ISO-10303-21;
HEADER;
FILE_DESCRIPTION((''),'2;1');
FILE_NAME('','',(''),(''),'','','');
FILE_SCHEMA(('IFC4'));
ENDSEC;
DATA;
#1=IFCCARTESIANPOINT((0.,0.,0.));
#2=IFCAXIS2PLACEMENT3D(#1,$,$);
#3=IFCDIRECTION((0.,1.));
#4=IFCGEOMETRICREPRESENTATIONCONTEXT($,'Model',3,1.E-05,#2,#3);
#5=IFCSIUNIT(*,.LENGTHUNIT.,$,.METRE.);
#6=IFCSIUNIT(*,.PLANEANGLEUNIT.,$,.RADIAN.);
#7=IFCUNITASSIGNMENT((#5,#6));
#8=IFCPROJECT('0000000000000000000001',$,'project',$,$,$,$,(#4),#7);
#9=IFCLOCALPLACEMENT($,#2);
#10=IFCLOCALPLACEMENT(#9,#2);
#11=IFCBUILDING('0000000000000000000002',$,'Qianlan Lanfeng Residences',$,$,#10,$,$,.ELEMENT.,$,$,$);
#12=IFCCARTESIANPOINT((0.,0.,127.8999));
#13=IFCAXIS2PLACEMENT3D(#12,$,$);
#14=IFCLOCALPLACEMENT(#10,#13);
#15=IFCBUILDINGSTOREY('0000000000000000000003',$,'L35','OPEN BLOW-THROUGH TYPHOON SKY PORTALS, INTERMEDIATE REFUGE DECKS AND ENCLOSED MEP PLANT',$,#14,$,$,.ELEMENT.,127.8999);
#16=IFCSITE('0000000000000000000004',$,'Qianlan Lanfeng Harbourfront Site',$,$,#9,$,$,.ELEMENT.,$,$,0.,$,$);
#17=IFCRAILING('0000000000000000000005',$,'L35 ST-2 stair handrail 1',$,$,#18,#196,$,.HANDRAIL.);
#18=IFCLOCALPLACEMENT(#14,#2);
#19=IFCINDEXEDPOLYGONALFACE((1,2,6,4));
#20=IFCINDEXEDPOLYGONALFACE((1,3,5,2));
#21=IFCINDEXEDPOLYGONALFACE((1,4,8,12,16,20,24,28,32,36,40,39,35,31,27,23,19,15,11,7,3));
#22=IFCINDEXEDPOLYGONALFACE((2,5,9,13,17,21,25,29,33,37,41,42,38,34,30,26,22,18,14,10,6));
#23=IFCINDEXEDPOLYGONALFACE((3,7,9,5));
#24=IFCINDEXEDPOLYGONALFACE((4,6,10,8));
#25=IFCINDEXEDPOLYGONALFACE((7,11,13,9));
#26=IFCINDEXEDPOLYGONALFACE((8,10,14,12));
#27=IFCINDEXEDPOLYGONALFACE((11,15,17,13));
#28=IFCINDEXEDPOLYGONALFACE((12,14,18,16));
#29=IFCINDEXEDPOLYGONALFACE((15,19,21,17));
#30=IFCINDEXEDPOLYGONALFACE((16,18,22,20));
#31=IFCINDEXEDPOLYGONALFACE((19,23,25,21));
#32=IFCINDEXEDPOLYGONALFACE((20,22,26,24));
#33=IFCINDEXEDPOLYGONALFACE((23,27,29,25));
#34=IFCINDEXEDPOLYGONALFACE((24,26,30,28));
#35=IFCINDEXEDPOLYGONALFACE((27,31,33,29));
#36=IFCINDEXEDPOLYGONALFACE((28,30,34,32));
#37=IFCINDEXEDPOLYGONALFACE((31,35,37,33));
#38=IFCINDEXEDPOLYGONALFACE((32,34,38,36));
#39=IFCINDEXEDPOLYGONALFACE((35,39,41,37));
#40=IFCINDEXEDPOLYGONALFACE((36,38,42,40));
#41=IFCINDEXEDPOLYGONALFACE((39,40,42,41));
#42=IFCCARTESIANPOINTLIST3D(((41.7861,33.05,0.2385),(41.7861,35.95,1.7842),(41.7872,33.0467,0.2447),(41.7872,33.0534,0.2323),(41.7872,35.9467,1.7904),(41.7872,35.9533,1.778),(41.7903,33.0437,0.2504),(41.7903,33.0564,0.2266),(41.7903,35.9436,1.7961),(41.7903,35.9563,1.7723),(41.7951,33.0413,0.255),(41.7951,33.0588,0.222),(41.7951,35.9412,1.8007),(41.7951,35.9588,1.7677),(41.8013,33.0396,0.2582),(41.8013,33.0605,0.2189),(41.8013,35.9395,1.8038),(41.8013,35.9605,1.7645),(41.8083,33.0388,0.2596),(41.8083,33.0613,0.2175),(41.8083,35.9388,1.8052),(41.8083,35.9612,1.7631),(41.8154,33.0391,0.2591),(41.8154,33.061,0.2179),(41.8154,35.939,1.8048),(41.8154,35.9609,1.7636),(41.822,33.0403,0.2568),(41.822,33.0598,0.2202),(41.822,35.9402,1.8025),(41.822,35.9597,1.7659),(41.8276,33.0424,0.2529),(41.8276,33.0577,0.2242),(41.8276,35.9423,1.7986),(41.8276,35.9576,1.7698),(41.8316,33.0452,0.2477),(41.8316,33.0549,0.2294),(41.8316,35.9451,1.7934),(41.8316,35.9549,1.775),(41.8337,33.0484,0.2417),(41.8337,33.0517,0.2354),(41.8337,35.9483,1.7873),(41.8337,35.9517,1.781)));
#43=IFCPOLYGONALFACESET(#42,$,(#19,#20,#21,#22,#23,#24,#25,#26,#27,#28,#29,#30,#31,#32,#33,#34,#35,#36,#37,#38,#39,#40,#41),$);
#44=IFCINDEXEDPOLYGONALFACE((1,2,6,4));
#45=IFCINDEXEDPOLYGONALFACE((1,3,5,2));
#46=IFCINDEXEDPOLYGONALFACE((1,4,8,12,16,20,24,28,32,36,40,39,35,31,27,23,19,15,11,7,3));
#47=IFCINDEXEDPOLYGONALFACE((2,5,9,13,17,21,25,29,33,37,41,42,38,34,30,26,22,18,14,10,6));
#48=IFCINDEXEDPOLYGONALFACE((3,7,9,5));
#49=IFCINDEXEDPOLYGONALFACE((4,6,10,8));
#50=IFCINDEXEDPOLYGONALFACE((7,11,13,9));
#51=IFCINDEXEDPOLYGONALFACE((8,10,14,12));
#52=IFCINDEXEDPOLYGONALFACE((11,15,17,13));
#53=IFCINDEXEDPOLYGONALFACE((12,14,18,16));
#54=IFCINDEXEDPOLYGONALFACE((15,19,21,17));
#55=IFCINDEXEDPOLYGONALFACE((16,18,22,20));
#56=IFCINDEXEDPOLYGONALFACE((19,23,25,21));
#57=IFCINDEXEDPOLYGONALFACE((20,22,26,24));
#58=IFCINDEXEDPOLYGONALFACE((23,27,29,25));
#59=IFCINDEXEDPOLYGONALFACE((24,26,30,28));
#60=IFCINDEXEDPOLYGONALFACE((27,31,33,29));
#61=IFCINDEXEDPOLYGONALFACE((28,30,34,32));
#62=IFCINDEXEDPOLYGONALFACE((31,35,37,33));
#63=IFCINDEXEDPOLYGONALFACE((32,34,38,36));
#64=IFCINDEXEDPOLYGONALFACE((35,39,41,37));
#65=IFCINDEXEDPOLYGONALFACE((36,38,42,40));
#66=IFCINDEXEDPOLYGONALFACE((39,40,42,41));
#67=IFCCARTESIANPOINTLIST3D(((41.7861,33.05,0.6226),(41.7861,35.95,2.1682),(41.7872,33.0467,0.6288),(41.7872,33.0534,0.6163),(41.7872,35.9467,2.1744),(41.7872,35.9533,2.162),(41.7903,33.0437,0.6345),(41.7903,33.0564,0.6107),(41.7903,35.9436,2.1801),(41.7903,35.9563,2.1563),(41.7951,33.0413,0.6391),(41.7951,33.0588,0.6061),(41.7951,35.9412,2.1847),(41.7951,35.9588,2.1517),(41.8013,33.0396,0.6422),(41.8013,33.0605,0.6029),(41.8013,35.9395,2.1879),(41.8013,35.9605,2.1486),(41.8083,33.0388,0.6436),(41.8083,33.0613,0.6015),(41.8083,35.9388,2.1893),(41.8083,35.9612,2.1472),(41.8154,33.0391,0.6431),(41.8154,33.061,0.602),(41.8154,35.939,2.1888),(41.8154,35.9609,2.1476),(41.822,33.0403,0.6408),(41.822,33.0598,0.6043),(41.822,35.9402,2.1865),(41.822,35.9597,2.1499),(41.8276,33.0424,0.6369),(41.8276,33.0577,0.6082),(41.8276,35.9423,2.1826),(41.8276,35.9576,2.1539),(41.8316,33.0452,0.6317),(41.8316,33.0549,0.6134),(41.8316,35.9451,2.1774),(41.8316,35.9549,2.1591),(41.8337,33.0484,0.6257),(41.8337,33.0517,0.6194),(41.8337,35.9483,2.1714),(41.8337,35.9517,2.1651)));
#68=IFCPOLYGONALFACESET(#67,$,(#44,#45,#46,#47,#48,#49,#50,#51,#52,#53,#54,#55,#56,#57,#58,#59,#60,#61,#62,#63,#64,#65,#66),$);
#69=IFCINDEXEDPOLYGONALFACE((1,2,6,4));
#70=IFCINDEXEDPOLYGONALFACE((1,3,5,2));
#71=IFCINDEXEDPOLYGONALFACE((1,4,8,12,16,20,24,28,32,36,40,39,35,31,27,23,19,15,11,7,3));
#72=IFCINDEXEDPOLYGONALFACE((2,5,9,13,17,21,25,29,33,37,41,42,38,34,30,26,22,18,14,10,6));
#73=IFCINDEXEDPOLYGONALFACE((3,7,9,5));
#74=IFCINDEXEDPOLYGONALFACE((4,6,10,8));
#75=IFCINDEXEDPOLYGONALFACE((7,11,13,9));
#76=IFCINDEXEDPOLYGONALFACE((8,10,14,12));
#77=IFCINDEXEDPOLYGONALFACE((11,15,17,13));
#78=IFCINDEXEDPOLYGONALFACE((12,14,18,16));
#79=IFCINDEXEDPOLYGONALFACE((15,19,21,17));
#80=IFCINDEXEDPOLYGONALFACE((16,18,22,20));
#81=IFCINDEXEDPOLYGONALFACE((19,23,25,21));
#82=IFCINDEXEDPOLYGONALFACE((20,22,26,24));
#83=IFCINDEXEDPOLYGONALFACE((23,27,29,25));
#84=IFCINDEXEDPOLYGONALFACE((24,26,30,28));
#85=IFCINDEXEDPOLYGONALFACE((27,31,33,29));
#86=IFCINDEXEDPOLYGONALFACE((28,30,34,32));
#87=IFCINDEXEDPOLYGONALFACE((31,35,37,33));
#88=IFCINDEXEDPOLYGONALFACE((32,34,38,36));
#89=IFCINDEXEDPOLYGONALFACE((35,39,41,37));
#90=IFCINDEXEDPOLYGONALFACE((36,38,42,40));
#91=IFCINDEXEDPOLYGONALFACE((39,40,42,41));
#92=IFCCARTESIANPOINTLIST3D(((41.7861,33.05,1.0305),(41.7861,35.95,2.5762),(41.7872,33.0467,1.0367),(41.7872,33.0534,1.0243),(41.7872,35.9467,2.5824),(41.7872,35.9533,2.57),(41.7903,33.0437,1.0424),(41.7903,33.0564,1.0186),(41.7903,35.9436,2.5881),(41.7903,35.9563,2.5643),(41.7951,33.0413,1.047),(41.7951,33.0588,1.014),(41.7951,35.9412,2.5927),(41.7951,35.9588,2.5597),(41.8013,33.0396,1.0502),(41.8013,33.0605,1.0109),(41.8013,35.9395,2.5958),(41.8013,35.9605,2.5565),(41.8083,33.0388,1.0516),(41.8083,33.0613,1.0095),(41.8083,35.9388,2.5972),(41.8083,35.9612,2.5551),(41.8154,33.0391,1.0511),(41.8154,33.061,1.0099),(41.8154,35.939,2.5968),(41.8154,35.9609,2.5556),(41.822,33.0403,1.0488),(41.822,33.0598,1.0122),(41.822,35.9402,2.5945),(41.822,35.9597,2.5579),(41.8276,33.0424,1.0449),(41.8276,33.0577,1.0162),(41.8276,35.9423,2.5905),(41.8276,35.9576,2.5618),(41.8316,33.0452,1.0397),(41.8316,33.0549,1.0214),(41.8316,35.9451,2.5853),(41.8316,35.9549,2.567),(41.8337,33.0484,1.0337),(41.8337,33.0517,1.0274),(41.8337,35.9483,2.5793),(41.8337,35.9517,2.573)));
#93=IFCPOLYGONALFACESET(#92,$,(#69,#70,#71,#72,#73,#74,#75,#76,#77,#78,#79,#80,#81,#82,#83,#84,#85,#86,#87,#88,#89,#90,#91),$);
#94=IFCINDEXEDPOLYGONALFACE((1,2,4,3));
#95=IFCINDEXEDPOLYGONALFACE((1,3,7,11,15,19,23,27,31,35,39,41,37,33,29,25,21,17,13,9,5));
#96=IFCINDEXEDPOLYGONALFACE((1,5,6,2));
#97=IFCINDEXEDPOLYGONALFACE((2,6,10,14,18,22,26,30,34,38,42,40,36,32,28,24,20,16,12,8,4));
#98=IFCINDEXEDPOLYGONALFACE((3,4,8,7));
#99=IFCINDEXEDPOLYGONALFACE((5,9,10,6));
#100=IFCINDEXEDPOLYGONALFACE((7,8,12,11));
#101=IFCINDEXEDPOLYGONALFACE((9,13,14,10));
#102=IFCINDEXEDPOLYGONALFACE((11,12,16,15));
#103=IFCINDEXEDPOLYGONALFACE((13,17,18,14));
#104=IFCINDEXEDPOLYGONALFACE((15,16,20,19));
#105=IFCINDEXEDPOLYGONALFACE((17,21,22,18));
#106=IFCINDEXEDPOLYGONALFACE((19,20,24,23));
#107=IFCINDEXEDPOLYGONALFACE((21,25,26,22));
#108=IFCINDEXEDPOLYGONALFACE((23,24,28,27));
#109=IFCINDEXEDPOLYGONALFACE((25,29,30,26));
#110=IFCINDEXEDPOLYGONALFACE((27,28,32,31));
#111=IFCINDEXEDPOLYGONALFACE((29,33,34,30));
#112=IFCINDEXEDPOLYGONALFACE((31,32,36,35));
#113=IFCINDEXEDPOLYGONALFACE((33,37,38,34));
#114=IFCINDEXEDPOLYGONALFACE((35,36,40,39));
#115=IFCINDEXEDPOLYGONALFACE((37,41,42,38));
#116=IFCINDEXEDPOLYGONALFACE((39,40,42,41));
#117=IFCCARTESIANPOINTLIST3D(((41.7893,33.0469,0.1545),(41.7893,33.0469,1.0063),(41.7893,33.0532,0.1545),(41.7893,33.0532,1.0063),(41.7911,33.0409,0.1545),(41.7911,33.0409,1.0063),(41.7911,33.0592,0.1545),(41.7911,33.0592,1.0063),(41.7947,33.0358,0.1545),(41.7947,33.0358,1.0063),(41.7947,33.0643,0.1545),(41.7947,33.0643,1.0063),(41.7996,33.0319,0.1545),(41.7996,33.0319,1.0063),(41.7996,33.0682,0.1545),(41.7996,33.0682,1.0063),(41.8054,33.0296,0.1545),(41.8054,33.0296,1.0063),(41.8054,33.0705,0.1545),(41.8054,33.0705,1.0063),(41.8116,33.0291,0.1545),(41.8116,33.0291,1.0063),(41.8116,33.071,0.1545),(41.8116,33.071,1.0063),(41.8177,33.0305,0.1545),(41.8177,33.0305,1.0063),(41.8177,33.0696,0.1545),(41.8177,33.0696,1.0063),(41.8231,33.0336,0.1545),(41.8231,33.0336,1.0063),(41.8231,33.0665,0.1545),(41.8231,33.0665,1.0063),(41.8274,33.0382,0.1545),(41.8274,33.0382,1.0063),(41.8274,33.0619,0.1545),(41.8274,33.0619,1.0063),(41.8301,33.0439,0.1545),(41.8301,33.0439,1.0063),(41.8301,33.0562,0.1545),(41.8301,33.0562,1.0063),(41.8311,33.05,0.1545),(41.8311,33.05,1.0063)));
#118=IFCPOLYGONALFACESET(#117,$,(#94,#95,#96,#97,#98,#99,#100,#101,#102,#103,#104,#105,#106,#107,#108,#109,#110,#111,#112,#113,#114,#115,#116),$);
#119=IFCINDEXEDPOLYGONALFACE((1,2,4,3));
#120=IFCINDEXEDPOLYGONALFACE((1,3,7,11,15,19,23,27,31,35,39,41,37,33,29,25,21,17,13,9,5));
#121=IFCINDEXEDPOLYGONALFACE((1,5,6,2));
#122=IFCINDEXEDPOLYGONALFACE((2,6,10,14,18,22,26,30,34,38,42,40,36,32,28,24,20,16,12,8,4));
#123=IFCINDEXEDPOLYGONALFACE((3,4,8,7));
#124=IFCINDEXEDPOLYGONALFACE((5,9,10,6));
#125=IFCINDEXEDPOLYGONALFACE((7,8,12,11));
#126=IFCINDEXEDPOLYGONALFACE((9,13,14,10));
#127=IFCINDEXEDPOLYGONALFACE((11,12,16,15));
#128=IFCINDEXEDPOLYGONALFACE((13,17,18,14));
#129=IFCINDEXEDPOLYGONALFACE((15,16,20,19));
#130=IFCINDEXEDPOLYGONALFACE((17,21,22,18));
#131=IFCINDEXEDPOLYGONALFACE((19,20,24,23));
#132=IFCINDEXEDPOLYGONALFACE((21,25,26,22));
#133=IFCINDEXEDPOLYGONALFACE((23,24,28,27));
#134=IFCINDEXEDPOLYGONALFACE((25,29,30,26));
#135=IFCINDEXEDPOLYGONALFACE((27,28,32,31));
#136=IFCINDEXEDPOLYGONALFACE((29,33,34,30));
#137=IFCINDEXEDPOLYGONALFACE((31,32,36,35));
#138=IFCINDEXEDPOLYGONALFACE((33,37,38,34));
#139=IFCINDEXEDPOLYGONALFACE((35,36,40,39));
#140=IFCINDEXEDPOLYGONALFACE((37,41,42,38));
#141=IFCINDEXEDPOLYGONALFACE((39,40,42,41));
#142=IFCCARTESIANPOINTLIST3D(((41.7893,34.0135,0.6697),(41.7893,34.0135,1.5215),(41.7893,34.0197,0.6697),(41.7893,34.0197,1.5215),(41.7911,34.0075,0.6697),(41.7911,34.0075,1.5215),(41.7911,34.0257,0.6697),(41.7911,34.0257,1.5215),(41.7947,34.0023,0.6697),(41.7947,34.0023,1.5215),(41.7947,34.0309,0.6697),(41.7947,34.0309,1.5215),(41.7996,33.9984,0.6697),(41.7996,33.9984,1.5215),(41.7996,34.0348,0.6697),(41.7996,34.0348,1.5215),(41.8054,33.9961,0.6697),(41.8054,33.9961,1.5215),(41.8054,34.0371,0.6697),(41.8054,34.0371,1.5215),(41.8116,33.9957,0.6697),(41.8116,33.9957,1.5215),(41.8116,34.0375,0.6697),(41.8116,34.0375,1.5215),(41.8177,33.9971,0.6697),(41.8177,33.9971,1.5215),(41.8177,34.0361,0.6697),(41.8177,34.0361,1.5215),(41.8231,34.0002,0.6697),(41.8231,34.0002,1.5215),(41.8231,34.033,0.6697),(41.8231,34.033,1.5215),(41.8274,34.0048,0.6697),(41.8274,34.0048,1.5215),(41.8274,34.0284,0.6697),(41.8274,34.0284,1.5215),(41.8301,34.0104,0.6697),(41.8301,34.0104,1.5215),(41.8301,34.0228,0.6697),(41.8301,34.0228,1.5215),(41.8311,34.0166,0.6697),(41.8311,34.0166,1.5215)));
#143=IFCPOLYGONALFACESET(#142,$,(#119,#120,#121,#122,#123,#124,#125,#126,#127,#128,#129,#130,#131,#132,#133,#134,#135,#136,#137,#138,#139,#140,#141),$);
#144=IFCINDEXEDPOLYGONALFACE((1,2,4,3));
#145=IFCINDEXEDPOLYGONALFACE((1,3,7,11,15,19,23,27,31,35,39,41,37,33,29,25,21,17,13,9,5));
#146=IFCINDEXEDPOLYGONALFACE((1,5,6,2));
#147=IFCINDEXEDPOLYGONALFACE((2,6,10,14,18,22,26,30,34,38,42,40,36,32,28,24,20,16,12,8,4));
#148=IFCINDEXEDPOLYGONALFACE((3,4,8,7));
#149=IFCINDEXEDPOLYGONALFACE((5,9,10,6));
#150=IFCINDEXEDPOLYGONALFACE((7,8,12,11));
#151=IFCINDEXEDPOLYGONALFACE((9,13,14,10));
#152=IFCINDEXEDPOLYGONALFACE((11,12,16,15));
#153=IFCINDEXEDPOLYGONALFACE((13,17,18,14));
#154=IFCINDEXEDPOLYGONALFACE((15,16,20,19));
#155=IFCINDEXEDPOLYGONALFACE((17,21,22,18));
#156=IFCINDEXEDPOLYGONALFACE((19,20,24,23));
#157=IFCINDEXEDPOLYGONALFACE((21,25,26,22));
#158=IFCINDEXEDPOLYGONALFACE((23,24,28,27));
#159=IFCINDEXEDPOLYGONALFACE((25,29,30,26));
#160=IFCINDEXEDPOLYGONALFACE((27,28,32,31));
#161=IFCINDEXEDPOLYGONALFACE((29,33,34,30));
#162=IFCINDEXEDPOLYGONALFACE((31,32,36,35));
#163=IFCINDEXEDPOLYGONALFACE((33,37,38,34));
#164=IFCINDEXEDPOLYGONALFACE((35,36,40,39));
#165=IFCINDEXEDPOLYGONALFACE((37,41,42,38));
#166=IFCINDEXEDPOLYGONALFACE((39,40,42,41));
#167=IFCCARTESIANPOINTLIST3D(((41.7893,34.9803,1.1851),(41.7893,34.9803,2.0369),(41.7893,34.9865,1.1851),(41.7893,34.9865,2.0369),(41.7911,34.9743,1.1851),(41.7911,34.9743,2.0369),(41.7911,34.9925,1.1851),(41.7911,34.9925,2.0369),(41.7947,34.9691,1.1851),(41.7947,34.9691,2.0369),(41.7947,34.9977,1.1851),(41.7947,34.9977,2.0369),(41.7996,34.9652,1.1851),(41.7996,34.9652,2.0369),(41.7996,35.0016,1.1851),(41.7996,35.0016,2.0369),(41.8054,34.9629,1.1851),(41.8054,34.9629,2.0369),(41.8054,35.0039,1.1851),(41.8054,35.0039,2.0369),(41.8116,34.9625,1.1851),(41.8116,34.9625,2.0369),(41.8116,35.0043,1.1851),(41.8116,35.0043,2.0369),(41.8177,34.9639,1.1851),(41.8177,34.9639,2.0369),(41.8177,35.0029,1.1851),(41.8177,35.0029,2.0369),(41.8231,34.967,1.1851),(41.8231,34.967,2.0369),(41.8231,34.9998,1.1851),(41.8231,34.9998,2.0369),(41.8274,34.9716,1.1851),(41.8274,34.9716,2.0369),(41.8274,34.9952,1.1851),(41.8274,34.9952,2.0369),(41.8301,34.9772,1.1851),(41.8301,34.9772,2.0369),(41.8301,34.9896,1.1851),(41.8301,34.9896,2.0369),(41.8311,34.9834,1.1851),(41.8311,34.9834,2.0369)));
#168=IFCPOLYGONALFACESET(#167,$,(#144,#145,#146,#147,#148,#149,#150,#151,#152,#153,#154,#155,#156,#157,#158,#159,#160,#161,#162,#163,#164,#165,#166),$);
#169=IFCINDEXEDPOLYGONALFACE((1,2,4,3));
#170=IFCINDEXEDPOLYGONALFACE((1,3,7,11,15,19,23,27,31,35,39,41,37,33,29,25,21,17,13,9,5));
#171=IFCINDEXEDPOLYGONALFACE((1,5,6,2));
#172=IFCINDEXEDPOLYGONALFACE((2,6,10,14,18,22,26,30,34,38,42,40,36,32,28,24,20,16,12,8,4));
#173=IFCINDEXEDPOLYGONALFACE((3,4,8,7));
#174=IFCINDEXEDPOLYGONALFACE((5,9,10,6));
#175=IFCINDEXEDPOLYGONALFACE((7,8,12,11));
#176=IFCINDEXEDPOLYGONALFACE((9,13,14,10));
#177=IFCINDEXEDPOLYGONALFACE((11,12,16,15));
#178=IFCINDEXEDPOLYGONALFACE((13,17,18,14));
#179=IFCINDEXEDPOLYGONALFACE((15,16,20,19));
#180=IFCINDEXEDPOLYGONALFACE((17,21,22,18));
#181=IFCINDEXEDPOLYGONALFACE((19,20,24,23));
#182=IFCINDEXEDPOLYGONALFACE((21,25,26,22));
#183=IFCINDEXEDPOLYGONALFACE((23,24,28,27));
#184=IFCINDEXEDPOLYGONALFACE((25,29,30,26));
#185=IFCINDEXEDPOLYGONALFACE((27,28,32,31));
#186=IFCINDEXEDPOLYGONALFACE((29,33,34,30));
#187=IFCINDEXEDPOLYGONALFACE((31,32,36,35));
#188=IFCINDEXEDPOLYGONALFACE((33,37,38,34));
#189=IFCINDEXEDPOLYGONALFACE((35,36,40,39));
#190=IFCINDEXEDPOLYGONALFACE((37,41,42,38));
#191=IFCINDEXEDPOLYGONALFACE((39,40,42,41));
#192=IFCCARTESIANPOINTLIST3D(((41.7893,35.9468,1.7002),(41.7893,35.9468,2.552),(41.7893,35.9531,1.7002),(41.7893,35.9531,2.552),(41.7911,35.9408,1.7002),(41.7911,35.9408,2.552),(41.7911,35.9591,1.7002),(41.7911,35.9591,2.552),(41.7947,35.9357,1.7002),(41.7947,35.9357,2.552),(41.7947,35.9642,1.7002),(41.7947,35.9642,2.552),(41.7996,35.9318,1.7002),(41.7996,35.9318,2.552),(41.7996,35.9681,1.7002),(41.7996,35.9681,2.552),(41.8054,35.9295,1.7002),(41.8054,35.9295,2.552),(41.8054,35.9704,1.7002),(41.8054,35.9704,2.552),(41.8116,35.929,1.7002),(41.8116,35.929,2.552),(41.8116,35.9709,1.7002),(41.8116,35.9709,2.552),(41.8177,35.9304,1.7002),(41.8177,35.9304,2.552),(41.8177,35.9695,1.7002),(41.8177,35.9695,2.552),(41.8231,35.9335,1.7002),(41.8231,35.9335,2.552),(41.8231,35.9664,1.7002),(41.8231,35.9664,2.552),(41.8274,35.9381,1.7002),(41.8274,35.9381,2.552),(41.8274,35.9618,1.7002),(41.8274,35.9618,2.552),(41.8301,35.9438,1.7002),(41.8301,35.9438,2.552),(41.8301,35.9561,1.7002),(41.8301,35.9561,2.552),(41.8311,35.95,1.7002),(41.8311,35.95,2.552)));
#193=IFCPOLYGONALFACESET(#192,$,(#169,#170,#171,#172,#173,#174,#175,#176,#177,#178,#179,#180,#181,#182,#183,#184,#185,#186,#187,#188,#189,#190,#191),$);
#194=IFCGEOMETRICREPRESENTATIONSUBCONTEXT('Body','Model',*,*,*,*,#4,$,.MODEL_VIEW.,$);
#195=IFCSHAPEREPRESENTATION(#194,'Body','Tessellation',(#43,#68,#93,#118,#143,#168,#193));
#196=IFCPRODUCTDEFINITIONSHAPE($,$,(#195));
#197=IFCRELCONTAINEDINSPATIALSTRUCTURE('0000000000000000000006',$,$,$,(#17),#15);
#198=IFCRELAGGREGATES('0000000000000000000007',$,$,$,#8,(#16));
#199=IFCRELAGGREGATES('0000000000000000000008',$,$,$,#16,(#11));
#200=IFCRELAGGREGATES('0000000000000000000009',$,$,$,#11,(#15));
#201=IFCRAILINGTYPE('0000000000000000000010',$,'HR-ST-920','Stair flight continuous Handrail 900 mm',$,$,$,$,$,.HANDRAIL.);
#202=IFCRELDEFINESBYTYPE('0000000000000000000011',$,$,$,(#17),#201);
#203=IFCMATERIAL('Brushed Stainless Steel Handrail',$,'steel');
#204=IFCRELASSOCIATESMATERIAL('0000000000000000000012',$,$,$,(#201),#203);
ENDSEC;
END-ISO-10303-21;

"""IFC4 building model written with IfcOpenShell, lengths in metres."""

from ifc_helpers import new_model, si_unit, direction, frame, origin, origin_2d, place, context, subcontext, project, spatial, circle, extrude, material, type_object, element, save


model = new_model("IFC4")

# Units and contexts
model_context = context("Model", 3, precision=1e-05, world=origin(), true_north=direction((0.0, 1.0)))
body_context = subcontext(model_context, "Body", "Model", "MODEL_VIEW")
ifc_project = project(units=[si_unit("LENGTHUNIT", "METRE"), si_unit("PLANEANGLEUNIT", "RADIAN")], contexts=[model_context])

# Site, building, storey
site_placement = place(None, origin())
site = spatial("IfcSite", under=ifc_project, at=site_placement, Name="Qianlan Lanfeng Harbourfront Site", CompositionType="ELEMENT", RefElevation=0.0)
building_placement = place(site_placement, origin())
building = spatial("IfcBuilding", under=site, at=building_placement, Name="Qianlan Lanfeng Residences", CompositionType="ELEMENT")
storey_placement = place(building_placement, frame((0.0, 0.0, 127.8999)))
storey = spatial("IfcBuildingStorey", under=building, at=storey_placement, Name="L35", Description="OPEN BLOW-THROUGH TYPHOON SKY PORTALS, INTERMEDIATE REFUGE DECKS AND ENCLOSED MEP PLANT", CompositionType="ELEMENT", Elevation=127.8999)

# Railing
ifc_material_1 = material(Name="Brushed Stainless Steel Handrail", Category="steel")
railing_type_1 = type_object("IfcRailingType", Name="HR-ST-920", Description="Stair flight continuous Handrail 900 mm", PredefinedType="HANDRAIL", material=ifc_material_1)
railing_1_placement = place(storey_placement, frame((41.8101, 33.05, 0.1545)))
element("IfcRailing", 1, at=railing_1_placement, inside=storey, type_object=railing_type_1, Name="L35 ST-2 stair handrail 1", PredefinedType="HANDRAIL", context=body_context, shape_type="SweptSolid", body=[
    extrude(circle(Radius=0.0239, at=origin_2d()), frame((0.0, 0.0, 0.084), z_axis=(0.0, 0.882474, 0.470361), x_axis=(-1.0, 0.0, 0.0)), (0.0, 0.0, 1.0), 3.2861),
    extrude(circle(Radius=0.0239, at=origin_2d()), frame((0.0, 0.0, 0.468), z_axis=(0.0, 0.882474, 0.470361), x_axis=(-1.0, 0.0, 0.0)), (0.0, 0.0, 1.0), 3.2861),
    extrude(circle(Radius=0.0239, at=origin_2d()), frame((0.0, 0.0, 0.876), z_axis=(0.0, 0.882474, 0.470361), x_axis=(-1.0, 0.0, 0.0)), (0.0, 0.0, 1.0), 3.2861),
    extrude(circle(Radius=0.021, at=origin_2d()), origin(), (0.0, 0.0, 1.0), 0.8518),
    extrude(circle(Radius=0.021, at=origin_2d()), frame((0.0, 0.9666, 0.5151)), (0.0, 0.0, 1.0), 0.8518),
    extrude(circle(Radius=0.021, at=origin_2d()), frame((0.0, 1.9333, 1.0305)), (0.0, 0.0, 1.0), 0.8518),
    extrude(circle(Radius=0.021, at=origin_2d()), frame((0.0, 2.8999, 1.5457)), (0.0, 0.0, 1.0), 0.8518),
])

save(model, "model.ifc")
